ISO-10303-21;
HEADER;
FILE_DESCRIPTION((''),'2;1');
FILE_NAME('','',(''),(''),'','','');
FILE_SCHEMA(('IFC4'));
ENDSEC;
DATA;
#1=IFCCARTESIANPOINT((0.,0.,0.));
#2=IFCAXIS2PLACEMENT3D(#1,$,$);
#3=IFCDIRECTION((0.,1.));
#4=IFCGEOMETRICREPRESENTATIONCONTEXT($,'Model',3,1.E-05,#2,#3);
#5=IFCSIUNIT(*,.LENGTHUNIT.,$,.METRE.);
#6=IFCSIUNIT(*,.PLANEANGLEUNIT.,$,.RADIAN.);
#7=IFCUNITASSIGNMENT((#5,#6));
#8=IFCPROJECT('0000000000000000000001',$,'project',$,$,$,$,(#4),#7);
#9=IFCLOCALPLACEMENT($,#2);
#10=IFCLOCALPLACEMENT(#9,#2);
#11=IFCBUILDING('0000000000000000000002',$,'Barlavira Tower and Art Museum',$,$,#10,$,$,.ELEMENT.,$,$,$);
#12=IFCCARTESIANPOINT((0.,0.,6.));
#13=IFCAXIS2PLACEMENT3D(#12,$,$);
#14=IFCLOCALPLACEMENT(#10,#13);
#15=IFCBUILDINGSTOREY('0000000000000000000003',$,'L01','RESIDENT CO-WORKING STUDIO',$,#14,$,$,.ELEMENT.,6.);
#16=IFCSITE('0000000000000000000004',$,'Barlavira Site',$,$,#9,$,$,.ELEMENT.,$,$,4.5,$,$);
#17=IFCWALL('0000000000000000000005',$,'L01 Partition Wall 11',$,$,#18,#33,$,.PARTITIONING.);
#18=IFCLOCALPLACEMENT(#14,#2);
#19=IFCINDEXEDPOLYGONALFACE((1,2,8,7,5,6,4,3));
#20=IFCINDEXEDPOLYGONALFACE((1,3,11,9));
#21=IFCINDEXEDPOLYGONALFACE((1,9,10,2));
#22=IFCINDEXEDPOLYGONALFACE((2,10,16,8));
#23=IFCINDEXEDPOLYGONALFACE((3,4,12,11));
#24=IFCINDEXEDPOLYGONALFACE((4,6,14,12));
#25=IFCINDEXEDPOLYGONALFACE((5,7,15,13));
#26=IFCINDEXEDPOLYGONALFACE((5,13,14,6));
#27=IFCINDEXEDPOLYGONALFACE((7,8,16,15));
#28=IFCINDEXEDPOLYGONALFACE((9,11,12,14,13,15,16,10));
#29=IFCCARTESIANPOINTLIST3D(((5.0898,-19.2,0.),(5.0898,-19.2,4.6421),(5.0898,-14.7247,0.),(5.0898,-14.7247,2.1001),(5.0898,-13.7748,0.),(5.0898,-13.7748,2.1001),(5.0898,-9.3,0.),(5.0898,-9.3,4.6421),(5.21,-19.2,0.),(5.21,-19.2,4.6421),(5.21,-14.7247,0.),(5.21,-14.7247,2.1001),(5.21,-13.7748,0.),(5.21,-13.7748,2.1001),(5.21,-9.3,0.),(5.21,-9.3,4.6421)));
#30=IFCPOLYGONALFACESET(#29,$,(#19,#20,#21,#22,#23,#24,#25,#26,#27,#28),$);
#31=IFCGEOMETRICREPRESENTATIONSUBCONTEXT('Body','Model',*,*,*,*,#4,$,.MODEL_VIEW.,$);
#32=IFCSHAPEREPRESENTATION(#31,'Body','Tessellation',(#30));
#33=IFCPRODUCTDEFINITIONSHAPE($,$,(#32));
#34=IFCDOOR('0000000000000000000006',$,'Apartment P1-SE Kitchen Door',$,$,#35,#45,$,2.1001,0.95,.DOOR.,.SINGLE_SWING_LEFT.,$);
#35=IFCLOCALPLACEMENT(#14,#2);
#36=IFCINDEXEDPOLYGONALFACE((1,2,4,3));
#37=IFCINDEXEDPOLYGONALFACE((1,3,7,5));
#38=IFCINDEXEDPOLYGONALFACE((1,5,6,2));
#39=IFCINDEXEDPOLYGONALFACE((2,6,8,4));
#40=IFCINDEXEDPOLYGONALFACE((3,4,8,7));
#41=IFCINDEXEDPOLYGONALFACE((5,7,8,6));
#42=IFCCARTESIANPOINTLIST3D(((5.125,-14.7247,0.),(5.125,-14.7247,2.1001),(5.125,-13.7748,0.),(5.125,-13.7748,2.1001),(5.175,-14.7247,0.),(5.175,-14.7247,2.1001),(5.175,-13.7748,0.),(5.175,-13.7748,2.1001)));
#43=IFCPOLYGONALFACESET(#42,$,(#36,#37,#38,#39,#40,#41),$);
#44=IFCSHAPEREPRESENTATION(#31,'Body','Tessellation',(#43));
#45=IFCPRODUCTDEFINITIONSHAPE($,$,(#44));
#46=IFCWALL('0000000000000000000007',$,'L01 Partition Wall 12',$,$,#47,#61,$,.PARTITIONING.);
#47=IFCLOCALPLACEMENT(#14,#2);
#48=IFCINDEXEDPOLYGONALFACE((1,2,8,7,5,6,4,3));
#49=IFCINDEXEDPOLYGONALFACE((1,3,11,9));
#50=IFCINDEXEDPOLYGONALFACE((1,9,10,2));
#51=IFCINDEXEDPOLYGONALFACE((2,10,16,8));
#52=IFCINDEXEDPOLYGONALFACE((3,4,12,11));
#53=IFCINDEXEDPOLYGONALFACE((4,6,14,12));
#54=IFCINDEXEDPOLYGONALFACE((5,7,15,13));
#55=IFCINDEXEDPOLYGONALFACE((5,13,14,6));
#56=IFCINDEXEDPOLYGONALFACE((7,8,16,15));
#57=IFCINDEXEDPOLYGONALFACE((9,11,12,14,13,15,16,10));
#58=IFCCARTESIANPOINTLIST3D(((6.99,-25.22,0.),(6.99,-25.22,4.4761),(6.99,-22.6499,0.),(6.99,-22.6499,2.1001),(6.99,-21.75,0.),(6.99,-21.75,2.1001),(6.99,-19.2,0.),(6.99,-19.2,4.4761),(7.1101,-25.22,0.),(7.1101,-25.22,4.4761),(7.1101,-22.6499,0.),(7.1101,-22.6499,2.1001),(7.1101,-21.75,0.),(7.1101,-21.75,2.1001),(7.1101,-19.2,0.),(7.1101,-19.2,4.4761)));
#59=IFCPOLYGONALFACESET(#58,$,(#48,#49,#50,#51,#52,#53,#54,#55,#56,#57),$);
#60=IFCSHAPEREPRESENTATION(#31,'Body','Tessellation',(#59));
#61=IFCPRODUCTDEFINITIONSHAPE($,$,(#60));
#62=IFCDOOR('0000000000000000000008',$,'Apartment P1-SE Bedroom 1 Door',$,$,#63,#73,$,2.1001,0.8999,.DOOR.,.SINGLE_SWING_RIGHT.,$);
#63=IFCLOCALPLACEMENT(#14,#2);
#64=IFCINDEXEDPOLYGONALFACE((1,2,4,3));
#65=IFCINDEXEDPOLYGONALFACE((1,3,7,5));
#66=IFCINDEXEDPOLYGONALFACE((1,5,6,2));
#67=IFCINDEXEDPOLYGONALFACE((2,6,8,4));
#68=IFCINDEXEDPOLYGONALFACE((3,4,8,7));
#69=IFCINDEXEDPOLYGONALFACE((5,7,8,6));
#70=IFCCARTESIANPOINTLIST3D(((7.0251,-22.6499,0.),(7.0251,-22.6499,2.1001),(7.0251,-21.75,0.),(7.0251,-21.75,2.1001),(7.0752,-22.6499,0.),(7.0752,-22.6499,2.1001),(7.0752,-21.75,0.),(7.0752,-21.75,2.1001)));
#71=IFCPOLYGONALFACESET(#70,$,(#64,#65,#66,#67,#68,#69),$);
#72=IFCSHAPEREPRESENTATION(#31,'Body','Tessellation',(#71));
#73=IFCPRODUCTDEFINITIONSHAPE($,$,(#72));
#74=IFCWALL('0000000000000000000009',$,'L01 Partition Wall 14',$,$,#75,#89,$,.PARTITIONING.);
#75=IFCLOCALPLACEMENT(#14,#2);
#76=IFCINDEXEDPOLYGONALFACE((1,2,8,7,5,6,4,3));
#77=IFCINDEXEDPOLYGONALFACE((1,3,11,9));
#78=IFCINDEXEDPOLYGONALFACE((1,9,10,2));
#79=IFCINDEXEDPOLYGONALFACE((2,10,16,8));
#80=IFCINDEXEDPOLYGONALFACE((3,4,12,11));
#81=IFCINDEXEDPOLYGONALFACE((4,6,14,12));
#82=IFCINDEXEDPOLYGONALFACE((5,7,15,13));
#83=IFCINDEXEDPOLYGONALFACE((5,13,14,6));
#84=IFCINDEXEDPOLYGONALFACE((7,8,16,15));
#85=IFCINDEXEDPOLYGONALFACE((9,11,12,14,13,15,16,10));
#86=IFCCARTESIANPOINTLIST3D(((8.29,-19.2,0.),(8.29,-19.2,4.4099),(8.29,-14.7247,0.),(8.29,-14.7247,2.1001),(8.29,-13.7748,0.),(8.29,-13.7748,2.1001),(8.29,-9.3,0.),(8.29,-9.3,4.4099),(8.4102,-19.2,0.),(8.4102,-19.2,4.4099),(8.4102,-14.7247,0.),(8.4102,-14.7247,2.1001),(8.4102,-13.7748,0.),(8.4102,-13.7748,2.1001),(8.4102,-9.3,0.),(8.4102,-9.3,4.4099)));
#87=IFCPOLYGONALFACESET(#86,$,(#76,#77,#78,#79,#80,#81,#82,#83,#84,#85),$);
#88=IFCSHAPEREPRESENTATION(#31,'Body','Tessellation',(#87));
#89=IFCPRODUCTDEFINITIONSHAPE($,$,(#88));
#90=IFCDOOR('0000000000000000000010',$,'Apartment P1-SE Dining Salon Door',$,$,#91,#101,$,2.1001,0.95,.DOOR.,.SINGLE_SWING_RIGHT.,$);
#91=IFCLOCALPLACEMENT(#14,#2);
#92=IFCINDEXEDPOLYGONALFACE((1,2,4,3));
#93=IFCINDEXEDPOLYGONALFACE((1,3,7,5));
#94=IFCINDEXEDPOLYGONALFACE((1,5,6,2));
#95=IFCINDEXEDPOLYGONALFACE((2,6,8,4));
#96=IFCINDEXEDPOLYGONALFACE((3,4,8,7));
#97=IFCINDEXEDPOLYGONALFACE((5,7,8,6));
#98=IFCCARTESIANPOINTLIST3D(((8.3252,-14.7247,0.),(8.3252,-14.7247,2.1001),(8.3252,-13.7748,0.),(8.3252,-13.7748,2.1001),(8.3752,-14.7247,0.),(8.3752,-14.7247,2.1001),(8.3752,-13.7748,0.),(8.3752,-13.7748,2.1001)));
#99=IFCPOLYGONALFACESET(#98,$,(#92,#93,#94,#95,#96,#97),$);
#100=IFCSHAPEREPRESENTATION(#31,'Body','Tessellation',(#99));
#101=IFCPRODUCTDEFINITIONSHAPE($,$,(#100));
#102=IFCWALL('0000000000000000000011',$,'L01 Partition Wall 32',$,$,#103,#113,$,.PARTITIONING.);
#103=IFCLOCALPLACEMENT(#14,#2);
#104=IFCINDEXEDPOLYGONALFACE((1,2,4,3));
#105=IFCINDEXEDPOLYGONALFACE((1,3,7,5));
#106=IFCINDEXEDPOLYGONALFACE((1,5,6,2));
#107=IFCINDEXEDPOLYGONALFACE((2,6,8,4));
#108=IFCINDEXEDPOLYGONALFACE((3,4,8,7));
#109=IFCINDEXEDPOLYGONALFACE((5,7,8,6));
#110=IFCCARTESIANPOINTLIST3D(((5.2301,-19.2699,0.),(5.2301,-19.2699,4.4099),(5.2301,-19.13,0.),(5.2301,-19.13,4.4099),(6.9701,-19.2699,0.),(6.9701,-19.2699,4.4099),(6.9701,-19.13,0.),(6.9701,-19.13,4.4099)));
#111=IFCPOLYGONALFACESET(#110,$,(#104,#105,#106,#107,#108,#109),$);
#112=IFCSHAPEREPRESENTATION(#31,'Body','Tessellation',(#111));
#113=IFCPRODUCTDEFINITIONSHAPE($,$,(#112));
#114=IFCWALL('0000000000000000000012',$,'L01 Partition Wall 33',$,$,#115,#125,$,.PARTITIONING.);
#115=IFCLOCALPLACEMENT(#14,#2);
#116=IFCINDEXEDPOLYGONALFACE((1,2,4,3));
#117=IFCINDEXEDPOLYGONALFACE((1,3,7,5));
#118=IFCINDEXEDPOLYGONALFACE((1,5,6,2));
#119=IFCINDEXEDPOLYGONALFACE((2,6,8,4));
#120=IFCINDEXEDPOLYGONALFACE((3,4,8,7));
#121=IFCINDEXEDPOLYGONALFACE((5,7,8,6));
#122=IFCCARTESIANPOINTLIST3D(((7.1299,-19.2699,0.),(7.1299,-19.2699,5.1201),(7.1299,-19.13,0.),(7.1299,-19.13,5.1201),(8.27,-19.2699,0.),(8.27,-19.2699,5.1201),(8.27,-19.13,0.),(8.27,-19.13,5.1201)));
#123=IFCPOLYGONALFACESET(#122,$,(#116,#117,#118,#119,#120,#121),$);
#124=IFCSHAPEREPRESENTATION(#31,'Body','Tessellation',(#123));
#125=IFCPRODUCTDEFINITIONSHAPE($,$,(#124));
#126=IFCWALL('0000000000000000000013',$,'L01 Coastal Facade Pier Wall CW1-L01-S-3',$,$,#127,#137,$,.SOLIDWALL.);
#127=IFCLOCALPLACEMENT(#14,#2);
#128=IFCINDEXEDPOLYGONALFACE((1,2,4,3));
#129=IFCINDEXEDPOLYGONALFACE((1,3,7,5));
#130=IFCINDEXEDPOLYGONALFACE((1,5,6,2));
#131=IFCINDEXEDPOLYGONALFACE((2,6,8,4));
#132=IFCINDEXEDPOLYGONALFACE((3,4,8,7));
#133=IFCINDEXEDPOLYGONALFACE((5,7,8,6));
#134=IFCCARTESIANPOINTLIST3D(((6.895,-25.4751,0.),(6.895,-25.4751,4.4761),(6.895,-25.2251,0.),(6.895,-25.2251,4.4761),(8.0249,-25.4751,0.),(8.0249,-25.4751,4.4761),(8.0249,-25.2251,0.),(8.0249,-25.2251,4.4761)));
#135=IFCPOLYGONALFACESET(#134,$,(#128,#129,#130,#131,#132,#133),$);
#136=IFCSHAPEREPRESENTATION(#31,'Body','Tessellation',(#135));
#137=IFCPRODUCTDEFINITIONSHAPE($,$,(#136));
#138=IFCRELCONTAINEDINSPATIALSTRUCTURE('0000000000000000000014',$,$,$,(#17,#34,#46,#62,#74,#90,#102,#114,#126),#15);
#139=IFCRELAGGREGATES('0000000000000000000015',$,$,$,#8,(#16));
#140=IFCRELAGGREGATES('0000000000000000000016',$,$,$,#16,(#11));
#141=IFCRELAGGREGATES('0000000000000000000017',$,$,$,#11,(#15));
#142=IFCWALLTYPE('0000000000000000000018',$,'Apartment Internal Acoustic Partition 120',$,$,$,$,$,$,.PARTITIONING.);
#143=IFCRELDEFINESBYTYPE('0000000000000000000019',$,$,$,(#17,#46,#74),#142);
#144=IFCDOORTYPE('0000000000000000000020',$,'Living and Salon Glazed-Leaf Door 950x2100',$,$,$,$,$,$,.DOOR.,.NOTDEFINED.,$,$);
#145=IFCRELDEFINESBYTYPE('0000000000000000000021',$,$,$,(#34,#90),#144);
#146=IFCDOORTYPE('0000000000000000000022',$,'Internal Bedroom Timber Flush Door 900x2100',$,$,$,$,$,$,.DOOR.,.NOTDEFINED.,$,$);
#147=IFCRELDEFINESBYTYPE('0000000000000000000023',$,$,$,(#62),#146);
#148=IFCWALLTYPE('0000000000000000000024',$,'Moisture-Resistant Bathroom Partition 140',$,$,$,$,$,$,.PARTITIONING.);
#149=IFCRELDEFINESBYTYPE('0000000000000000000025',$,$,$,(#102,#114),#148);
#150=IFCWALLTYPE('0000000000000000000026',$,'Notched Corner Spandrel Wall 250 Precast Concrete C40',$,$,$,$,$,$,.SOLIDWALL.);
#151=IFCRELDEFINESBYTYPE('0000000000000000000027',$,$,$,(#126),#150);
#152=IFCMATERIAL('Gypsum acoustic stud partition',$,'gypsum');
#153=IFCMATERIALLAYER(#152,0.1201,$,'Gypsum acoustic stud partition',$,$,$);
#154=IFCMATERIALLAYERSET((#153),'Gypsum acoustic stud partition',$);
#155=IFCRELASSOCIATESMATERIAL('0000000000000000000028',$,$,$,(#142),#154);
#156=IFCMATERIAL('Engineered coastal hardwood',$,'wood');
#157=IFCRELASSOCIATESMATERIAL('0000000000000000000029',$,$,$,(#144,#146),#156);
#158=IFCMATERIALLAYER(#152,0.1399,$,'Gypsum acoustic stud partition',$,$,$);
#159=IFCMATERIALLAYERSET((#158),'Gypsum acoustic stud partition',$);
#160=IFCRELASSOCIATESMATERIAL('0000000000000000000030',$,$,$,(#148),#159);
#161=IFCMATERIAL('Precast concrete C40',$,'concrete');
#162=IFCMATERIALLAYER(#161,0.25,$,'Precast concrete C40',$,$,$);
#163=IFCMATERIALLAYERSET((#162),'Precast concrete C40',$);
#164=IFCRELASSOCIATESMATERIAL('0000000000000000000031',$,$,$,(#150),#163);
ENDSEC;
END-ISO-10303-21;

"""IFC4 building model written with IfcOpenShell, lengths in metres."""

from ifc_helpers import new_model, si_unit, direction, frame, frame_2d, origin, place, context, subcontext, project, spatial, rectangle, extrude, material, layer, layer_set, type_object, element, fill, save


model = new_model("IFC4")

# Units and contexts
model_context = context("Model", 3, precision=1e-05, world=origin(), true_north=direction((0.0, 1.0)))
body_context = subcontext(model_context, "Body", "Model", "MODEL_VIEW")
ifc_project = project(units=[si_unit("LENGTHUNIT", "METRE"), si_unit("PLANEANGLEUNIT", "RADIAN")], contexts=[model_context])

# Site, building, storey
site_placement = place(None, origin())
site = spatial("IfcSite", under=ifc_project, at=site_placement, Name="Barlavira Site", CompositionType="ELEMENT", RefElevation=4.5)
building_placement = place(site_placement, origin())
building = spatial("IfcBuilding", under=site, at=building_placement, Name="Barlavira Tower and Art Museum", CompositionType="ELEMENT")
storey_placement = place(building_placement, frame((0.0, 0.0, 6.0)))
storey = spatial("IfcBuildingStorey", under=building, at=storey_placement, Name="L01", Description="RESIDENT CO-WORKING STUDIO", CompositionType="ELEMENT", Elevation=6.0)

# Walls, openings, doors
ifc_material_1 = material(Name="Gypsum acoustic stud partition", Category="gypsum")
ifc_layer_1 = layer(ifc_material_1, 0.1201, Name="Gypsum acoustic stud partition")
ifc_layer_set_1 = layer_set([ifc_layer_1], Name="Gypsum acoustic stud partition")
wall_type_1 = type_object("IfcWallType", Name="Apartment Internal Acoustic Partition 120", PredefinedType="PARTITIONING", material=ifc_layer_set_1)
wall_1_placement = place(storey_placement, frame((5.1499, -19.2, 0.0), z_axis=(0.0, 0.0, 1.0), x_axis=(0.0, 1.0, 0.0)))
wall_1 = element("IfcWall", 1, at=wall_1_placement, inside=storey, type_object=wall_type_1, Name="L01 Partition Wall 11", PredefinedType="PARTITIONING", context=body_context, shape_type="SweptSolid", body=[
    extrude(rectangle(XDim=9.8999, YDim=0.1201, at=frame_2d((4.95, 0.0))), origin(), (0.0, 0.0, 1.0), 4.6421),
])
opening_1_placement = place(wall_1_placement, frame((4.4751, 0.0, 0.0)))
opening_1 = element("IfcOpeningElement", 2, at=opening_1_placement, cuts=wall_1, PredefinedType="OPENING", context=body_context, shape_type="SweptSolid", body=[
    extrude(rectangle(XDim=0.95, YDim=2.1001, at=frame_2d((0.4751, 1.05))), frame((0.0, 0.0701, 0.0), z_axis=(0.0, -1.0, 0.0), x_axis=(1.0, 0.0, 0.0)), (0.0, 0.0, 1.0), 0.1401),
])
ifc_material_2 = material(Name="Engineered coastal hardwood", Category="wood")
door_type_1 = type_object("IfcDoorType", Name="Living and Salon Glazed-Leaf Door 950x2100", OperationType="NOTDEFINED", PredefinedType="DOOR", material=ifc_material_2)
door_1_placement = place(opening_1_placement, origin())
door_1 = element("IfcDoor", 3, at=door_1_placement, inside=storey, type_object=door_type_1, Name="Apartment P1-SE Kitchen Door", OperationType="SINGLE_SWING_LEFT", OverallHeight=2.1001, OverallWidth=0.95, PredefinedType="DOOR", context=body_context, shape_type="SweptSolid", body=[
    extrude(rectangle(XDim=0.95, YDim=2.1001, at=frame_2d((0.4751, 1.05))), frame((0.0, 0.0249, 0.0), z_axis=(0.0, -1.0, 0.0), x_axis=(1.0, 0.0, 0.0)), (0.0, 0.0, 1.0), 0.05),
])
fill(opening_1, door_1)
wall_2_placement = place(storey_placement, frame((7.05, -25.22, 0.0), z_axis=(0.0, 0.0, 1.0), x_axis=(0.0, 1.0, 0.0)))
wall_2 = element("IfcWall", 4, at=wall_2_placement, inside=storey, type_object=wall_type_1, Name="L01 Partition Wall 12", PredefinedType="PARTITIONING", context=body_context, shape_type="SweptSolid", body=[
    extrude(rectangle(XDim=6.02, YDim=0.1201, at=frame_2d((3.01, 0.0))), origin(), (0.0, 0.0, 1.0), 4.4761),
])
opening_2_placement = place(wall_2_placement, frame((2.5701, 0.0, 0.0)))
opening_2 = element("IfcOpeningElement", 5, at=opening_2_placement, cuts=wall_2, PredefinedType="OPENING", context=body_context, shape_type="SweptSolid", body=[
    extrude(rectangle(XDim=0.8999, YDim=2.1001, at=frame_2d((0.45, 1.05))), frame((0.0, 0.0701, 0.0), z_axis=(0.0, -1.0, 0.0), x_axis=(1.0, 0.0, 0.0)), (0.0, 0.0, 1.0), 0.1401),
])
door_type_2 = type_object("IfcDoorType", Name="Internal Bedroom Timber Flush Door 900x2100", OperationType="NOTDEFINED", PredefinedType="DOOR", material=ifc_material_2)
door_2_placement = place(opening_2_placement, origin())
door_2 = element("IfcDoor", 6, at=door_2_placement, inside=storey, type_object=door_type_2, Name="Apartment P1-SE Bedroom 1 Door", OperationType="SINGLE_SWING_RIGHT", OverallHeight=2.1001, OverallWidth=0.8999, PredefinedType="DOOR", context=body_context, shape_type="SweptSolid", body=[
    extrude(rectangle(XDim=0.8999, YDim=2.1001, at=frame_2d((0.45, 1.05))), frame((0.0, 0.0249, 0.0), z_axis=(0.0, -1.0, 0.0), x_axis=(1.0, 0.0, 0.0)), (0.0, 0.0, 1.0), 0.05),
])
fill(opening_2, door_2)
wall_3_placement = place(storey_placement, frame((8.3501, -19.2, 0.0), z_axis=(0.0, 0.0, 1.0), x_axis=(0.0, 1.0, 0.0)))
wall_3 = element("IfcWall", 7, at=wall_3_placement, inside=storey, type_object=wall_type_1, Name="L01 Partition Wall 14", PredefinedType="PARTITIONING", context=body_context, shape_type="SweptSolid", body=[
    extrude(rectangle(XDim=9.8999, YDim=0.1201, at=frame_2d((4.95, 0.0))), origin(), (0.0, 0.0, 1.0), 4.4099),
])
opening_3_placement = place(wall_3_placement, frame((4.4751, 0.0, 0.0)))
opening_3 = element("IfcOpeningElement", 8, at=opening_3_placement, cuts=wall_3, PredefinedType="OPENING", context=body_context, shape_type="SweptSolid", body=[
    extrude(rectangle(XDim=0.95, YDim=2.1001, at=frame_2d((0.4751, 1.05))), frame((0.0, 0.0701, 0.0), z_axis=(0.0, -1.0, 0.0), x_axis=(1.0, 0.0, 0.0)), (0.0, 0.0, 1.0), 0.1401),
])
door_3_placement = place(opening_3_placement, origin())
door_3 = element("IfcDoor", 9, at=door_3_placement, inside=storey, type_object=door_type_1, Name="Apartment P1-SE Dining Salon Door", OperationType="SINGLE_SWING_RIGHT", OverallHeight=2.1001, OverallWidth=0.95, PredefinedType="DOOR", context=body_context, shape_type="SweptSolid", body=[
    extrude(rectangle(XDim=0.95, YDim=2.1001, at=frame_2d((0.4751, 1.05))), frame((0.0, 0.0249, 0.0), z_axis=(0.0, -1.0, 0.0), x_axis=(1.0, 0.0, 0.0)), (0.0, 0.0, 1.0), 0.05),
])
fill(opening_3, door_3)

# Walls
ifc_layer_2 = layer(ifc_material_1, 0.1399, Name="Gypsum acoustic stud partition")
ifc_layer_set_2 = layer_set([ifc_layer_2], Name="Gypsum acoustic stud partition")
wall_type_2 = type_object("IfcWallType", Name="Moisture-Resistant Bathroom Partition 140", PredefinedType="PARTITIONING", material=ifc_layer_set_2)
wall_4_placement = place(storey_placement, frame((5.23, -19.2, 0.0), z_axis=(0.0, 0.0, 1.0), x_axis=(1.0, 0.0, 0.0)))
element("IfcWall", 10, at=wall_4_placement, inside=storey, type_object=wall_type_2, Name="L01 Partition Wall 32", PredefinedType="PARTITIONING", context=body_context, shape_type="SweptSolid", body=[
    extrude(rectangle(XDim=1.74, YDim=0.1399, at=frame_2d((0.8701, 0.0))), origin(), (0.0, 0.0, 1.0), 4.4099),
])
wall_5_placement = place(storey_placement, frame((7.1299, -19.2, 0.0), z_axis=(0.0, 0.0, 1.0), x_axis=(1.0, 0.0, 0.0)))
element("IfcWall", 11, at=wall_5_placement, inside=storey, type_object=wall_type_2, Name="L01 Partition Wall 33", PredefinedType="PARTITIONING", context=body_context, shape_type="SweptSolid", body=[
    extrude(rectangle(XDim=1.1401, YDim=0.1399, at=frame_2d((0.5701, 0.0))), origin(), (0.0, 0.0, 1.0), 5.1201),
])
ifc_material_3 = material(Name="Precast concrete C40", Category="concrete")
ifc_layer_3 = layer(ifc_material_3, 0.25, Name="Precast concrete C40")
ifc_layer_set_3 = layer_set([ifc_layer_3], Name="Precast concrete C40")
wall_type_3 = type_object("IfcWallType", Name="Notched Corner Spandrel Wall 250 Precast Concrete C40", PredefinedType="SOLIDWALL", material=ifc_layer_set_3)
wall_6_placement = place(storey_placement, frame((6.895, -25.3501, 0.0), z_axis=(0.0, 0.0, 1.0), x_axis=(1.0, 0.0, 0.0)))
element("IfcWall", 12, at=wall_6_placement, inside=storey, type_object=wall_type_3, Name="L01 Coastal Facade Pier Wall CW1-L01-S-3", PredefinedType="SOLIDWALL", context=body_context, shape_type="SweptSolid", body=[
    extrude(rectangle(XDim=1.1299, YDim=0.25, at=frame_2d((0.5649, 0.0))), origin(), (0.0, 0.0, 1.0), 4.4761),
])

save(model, "model.ifc")
